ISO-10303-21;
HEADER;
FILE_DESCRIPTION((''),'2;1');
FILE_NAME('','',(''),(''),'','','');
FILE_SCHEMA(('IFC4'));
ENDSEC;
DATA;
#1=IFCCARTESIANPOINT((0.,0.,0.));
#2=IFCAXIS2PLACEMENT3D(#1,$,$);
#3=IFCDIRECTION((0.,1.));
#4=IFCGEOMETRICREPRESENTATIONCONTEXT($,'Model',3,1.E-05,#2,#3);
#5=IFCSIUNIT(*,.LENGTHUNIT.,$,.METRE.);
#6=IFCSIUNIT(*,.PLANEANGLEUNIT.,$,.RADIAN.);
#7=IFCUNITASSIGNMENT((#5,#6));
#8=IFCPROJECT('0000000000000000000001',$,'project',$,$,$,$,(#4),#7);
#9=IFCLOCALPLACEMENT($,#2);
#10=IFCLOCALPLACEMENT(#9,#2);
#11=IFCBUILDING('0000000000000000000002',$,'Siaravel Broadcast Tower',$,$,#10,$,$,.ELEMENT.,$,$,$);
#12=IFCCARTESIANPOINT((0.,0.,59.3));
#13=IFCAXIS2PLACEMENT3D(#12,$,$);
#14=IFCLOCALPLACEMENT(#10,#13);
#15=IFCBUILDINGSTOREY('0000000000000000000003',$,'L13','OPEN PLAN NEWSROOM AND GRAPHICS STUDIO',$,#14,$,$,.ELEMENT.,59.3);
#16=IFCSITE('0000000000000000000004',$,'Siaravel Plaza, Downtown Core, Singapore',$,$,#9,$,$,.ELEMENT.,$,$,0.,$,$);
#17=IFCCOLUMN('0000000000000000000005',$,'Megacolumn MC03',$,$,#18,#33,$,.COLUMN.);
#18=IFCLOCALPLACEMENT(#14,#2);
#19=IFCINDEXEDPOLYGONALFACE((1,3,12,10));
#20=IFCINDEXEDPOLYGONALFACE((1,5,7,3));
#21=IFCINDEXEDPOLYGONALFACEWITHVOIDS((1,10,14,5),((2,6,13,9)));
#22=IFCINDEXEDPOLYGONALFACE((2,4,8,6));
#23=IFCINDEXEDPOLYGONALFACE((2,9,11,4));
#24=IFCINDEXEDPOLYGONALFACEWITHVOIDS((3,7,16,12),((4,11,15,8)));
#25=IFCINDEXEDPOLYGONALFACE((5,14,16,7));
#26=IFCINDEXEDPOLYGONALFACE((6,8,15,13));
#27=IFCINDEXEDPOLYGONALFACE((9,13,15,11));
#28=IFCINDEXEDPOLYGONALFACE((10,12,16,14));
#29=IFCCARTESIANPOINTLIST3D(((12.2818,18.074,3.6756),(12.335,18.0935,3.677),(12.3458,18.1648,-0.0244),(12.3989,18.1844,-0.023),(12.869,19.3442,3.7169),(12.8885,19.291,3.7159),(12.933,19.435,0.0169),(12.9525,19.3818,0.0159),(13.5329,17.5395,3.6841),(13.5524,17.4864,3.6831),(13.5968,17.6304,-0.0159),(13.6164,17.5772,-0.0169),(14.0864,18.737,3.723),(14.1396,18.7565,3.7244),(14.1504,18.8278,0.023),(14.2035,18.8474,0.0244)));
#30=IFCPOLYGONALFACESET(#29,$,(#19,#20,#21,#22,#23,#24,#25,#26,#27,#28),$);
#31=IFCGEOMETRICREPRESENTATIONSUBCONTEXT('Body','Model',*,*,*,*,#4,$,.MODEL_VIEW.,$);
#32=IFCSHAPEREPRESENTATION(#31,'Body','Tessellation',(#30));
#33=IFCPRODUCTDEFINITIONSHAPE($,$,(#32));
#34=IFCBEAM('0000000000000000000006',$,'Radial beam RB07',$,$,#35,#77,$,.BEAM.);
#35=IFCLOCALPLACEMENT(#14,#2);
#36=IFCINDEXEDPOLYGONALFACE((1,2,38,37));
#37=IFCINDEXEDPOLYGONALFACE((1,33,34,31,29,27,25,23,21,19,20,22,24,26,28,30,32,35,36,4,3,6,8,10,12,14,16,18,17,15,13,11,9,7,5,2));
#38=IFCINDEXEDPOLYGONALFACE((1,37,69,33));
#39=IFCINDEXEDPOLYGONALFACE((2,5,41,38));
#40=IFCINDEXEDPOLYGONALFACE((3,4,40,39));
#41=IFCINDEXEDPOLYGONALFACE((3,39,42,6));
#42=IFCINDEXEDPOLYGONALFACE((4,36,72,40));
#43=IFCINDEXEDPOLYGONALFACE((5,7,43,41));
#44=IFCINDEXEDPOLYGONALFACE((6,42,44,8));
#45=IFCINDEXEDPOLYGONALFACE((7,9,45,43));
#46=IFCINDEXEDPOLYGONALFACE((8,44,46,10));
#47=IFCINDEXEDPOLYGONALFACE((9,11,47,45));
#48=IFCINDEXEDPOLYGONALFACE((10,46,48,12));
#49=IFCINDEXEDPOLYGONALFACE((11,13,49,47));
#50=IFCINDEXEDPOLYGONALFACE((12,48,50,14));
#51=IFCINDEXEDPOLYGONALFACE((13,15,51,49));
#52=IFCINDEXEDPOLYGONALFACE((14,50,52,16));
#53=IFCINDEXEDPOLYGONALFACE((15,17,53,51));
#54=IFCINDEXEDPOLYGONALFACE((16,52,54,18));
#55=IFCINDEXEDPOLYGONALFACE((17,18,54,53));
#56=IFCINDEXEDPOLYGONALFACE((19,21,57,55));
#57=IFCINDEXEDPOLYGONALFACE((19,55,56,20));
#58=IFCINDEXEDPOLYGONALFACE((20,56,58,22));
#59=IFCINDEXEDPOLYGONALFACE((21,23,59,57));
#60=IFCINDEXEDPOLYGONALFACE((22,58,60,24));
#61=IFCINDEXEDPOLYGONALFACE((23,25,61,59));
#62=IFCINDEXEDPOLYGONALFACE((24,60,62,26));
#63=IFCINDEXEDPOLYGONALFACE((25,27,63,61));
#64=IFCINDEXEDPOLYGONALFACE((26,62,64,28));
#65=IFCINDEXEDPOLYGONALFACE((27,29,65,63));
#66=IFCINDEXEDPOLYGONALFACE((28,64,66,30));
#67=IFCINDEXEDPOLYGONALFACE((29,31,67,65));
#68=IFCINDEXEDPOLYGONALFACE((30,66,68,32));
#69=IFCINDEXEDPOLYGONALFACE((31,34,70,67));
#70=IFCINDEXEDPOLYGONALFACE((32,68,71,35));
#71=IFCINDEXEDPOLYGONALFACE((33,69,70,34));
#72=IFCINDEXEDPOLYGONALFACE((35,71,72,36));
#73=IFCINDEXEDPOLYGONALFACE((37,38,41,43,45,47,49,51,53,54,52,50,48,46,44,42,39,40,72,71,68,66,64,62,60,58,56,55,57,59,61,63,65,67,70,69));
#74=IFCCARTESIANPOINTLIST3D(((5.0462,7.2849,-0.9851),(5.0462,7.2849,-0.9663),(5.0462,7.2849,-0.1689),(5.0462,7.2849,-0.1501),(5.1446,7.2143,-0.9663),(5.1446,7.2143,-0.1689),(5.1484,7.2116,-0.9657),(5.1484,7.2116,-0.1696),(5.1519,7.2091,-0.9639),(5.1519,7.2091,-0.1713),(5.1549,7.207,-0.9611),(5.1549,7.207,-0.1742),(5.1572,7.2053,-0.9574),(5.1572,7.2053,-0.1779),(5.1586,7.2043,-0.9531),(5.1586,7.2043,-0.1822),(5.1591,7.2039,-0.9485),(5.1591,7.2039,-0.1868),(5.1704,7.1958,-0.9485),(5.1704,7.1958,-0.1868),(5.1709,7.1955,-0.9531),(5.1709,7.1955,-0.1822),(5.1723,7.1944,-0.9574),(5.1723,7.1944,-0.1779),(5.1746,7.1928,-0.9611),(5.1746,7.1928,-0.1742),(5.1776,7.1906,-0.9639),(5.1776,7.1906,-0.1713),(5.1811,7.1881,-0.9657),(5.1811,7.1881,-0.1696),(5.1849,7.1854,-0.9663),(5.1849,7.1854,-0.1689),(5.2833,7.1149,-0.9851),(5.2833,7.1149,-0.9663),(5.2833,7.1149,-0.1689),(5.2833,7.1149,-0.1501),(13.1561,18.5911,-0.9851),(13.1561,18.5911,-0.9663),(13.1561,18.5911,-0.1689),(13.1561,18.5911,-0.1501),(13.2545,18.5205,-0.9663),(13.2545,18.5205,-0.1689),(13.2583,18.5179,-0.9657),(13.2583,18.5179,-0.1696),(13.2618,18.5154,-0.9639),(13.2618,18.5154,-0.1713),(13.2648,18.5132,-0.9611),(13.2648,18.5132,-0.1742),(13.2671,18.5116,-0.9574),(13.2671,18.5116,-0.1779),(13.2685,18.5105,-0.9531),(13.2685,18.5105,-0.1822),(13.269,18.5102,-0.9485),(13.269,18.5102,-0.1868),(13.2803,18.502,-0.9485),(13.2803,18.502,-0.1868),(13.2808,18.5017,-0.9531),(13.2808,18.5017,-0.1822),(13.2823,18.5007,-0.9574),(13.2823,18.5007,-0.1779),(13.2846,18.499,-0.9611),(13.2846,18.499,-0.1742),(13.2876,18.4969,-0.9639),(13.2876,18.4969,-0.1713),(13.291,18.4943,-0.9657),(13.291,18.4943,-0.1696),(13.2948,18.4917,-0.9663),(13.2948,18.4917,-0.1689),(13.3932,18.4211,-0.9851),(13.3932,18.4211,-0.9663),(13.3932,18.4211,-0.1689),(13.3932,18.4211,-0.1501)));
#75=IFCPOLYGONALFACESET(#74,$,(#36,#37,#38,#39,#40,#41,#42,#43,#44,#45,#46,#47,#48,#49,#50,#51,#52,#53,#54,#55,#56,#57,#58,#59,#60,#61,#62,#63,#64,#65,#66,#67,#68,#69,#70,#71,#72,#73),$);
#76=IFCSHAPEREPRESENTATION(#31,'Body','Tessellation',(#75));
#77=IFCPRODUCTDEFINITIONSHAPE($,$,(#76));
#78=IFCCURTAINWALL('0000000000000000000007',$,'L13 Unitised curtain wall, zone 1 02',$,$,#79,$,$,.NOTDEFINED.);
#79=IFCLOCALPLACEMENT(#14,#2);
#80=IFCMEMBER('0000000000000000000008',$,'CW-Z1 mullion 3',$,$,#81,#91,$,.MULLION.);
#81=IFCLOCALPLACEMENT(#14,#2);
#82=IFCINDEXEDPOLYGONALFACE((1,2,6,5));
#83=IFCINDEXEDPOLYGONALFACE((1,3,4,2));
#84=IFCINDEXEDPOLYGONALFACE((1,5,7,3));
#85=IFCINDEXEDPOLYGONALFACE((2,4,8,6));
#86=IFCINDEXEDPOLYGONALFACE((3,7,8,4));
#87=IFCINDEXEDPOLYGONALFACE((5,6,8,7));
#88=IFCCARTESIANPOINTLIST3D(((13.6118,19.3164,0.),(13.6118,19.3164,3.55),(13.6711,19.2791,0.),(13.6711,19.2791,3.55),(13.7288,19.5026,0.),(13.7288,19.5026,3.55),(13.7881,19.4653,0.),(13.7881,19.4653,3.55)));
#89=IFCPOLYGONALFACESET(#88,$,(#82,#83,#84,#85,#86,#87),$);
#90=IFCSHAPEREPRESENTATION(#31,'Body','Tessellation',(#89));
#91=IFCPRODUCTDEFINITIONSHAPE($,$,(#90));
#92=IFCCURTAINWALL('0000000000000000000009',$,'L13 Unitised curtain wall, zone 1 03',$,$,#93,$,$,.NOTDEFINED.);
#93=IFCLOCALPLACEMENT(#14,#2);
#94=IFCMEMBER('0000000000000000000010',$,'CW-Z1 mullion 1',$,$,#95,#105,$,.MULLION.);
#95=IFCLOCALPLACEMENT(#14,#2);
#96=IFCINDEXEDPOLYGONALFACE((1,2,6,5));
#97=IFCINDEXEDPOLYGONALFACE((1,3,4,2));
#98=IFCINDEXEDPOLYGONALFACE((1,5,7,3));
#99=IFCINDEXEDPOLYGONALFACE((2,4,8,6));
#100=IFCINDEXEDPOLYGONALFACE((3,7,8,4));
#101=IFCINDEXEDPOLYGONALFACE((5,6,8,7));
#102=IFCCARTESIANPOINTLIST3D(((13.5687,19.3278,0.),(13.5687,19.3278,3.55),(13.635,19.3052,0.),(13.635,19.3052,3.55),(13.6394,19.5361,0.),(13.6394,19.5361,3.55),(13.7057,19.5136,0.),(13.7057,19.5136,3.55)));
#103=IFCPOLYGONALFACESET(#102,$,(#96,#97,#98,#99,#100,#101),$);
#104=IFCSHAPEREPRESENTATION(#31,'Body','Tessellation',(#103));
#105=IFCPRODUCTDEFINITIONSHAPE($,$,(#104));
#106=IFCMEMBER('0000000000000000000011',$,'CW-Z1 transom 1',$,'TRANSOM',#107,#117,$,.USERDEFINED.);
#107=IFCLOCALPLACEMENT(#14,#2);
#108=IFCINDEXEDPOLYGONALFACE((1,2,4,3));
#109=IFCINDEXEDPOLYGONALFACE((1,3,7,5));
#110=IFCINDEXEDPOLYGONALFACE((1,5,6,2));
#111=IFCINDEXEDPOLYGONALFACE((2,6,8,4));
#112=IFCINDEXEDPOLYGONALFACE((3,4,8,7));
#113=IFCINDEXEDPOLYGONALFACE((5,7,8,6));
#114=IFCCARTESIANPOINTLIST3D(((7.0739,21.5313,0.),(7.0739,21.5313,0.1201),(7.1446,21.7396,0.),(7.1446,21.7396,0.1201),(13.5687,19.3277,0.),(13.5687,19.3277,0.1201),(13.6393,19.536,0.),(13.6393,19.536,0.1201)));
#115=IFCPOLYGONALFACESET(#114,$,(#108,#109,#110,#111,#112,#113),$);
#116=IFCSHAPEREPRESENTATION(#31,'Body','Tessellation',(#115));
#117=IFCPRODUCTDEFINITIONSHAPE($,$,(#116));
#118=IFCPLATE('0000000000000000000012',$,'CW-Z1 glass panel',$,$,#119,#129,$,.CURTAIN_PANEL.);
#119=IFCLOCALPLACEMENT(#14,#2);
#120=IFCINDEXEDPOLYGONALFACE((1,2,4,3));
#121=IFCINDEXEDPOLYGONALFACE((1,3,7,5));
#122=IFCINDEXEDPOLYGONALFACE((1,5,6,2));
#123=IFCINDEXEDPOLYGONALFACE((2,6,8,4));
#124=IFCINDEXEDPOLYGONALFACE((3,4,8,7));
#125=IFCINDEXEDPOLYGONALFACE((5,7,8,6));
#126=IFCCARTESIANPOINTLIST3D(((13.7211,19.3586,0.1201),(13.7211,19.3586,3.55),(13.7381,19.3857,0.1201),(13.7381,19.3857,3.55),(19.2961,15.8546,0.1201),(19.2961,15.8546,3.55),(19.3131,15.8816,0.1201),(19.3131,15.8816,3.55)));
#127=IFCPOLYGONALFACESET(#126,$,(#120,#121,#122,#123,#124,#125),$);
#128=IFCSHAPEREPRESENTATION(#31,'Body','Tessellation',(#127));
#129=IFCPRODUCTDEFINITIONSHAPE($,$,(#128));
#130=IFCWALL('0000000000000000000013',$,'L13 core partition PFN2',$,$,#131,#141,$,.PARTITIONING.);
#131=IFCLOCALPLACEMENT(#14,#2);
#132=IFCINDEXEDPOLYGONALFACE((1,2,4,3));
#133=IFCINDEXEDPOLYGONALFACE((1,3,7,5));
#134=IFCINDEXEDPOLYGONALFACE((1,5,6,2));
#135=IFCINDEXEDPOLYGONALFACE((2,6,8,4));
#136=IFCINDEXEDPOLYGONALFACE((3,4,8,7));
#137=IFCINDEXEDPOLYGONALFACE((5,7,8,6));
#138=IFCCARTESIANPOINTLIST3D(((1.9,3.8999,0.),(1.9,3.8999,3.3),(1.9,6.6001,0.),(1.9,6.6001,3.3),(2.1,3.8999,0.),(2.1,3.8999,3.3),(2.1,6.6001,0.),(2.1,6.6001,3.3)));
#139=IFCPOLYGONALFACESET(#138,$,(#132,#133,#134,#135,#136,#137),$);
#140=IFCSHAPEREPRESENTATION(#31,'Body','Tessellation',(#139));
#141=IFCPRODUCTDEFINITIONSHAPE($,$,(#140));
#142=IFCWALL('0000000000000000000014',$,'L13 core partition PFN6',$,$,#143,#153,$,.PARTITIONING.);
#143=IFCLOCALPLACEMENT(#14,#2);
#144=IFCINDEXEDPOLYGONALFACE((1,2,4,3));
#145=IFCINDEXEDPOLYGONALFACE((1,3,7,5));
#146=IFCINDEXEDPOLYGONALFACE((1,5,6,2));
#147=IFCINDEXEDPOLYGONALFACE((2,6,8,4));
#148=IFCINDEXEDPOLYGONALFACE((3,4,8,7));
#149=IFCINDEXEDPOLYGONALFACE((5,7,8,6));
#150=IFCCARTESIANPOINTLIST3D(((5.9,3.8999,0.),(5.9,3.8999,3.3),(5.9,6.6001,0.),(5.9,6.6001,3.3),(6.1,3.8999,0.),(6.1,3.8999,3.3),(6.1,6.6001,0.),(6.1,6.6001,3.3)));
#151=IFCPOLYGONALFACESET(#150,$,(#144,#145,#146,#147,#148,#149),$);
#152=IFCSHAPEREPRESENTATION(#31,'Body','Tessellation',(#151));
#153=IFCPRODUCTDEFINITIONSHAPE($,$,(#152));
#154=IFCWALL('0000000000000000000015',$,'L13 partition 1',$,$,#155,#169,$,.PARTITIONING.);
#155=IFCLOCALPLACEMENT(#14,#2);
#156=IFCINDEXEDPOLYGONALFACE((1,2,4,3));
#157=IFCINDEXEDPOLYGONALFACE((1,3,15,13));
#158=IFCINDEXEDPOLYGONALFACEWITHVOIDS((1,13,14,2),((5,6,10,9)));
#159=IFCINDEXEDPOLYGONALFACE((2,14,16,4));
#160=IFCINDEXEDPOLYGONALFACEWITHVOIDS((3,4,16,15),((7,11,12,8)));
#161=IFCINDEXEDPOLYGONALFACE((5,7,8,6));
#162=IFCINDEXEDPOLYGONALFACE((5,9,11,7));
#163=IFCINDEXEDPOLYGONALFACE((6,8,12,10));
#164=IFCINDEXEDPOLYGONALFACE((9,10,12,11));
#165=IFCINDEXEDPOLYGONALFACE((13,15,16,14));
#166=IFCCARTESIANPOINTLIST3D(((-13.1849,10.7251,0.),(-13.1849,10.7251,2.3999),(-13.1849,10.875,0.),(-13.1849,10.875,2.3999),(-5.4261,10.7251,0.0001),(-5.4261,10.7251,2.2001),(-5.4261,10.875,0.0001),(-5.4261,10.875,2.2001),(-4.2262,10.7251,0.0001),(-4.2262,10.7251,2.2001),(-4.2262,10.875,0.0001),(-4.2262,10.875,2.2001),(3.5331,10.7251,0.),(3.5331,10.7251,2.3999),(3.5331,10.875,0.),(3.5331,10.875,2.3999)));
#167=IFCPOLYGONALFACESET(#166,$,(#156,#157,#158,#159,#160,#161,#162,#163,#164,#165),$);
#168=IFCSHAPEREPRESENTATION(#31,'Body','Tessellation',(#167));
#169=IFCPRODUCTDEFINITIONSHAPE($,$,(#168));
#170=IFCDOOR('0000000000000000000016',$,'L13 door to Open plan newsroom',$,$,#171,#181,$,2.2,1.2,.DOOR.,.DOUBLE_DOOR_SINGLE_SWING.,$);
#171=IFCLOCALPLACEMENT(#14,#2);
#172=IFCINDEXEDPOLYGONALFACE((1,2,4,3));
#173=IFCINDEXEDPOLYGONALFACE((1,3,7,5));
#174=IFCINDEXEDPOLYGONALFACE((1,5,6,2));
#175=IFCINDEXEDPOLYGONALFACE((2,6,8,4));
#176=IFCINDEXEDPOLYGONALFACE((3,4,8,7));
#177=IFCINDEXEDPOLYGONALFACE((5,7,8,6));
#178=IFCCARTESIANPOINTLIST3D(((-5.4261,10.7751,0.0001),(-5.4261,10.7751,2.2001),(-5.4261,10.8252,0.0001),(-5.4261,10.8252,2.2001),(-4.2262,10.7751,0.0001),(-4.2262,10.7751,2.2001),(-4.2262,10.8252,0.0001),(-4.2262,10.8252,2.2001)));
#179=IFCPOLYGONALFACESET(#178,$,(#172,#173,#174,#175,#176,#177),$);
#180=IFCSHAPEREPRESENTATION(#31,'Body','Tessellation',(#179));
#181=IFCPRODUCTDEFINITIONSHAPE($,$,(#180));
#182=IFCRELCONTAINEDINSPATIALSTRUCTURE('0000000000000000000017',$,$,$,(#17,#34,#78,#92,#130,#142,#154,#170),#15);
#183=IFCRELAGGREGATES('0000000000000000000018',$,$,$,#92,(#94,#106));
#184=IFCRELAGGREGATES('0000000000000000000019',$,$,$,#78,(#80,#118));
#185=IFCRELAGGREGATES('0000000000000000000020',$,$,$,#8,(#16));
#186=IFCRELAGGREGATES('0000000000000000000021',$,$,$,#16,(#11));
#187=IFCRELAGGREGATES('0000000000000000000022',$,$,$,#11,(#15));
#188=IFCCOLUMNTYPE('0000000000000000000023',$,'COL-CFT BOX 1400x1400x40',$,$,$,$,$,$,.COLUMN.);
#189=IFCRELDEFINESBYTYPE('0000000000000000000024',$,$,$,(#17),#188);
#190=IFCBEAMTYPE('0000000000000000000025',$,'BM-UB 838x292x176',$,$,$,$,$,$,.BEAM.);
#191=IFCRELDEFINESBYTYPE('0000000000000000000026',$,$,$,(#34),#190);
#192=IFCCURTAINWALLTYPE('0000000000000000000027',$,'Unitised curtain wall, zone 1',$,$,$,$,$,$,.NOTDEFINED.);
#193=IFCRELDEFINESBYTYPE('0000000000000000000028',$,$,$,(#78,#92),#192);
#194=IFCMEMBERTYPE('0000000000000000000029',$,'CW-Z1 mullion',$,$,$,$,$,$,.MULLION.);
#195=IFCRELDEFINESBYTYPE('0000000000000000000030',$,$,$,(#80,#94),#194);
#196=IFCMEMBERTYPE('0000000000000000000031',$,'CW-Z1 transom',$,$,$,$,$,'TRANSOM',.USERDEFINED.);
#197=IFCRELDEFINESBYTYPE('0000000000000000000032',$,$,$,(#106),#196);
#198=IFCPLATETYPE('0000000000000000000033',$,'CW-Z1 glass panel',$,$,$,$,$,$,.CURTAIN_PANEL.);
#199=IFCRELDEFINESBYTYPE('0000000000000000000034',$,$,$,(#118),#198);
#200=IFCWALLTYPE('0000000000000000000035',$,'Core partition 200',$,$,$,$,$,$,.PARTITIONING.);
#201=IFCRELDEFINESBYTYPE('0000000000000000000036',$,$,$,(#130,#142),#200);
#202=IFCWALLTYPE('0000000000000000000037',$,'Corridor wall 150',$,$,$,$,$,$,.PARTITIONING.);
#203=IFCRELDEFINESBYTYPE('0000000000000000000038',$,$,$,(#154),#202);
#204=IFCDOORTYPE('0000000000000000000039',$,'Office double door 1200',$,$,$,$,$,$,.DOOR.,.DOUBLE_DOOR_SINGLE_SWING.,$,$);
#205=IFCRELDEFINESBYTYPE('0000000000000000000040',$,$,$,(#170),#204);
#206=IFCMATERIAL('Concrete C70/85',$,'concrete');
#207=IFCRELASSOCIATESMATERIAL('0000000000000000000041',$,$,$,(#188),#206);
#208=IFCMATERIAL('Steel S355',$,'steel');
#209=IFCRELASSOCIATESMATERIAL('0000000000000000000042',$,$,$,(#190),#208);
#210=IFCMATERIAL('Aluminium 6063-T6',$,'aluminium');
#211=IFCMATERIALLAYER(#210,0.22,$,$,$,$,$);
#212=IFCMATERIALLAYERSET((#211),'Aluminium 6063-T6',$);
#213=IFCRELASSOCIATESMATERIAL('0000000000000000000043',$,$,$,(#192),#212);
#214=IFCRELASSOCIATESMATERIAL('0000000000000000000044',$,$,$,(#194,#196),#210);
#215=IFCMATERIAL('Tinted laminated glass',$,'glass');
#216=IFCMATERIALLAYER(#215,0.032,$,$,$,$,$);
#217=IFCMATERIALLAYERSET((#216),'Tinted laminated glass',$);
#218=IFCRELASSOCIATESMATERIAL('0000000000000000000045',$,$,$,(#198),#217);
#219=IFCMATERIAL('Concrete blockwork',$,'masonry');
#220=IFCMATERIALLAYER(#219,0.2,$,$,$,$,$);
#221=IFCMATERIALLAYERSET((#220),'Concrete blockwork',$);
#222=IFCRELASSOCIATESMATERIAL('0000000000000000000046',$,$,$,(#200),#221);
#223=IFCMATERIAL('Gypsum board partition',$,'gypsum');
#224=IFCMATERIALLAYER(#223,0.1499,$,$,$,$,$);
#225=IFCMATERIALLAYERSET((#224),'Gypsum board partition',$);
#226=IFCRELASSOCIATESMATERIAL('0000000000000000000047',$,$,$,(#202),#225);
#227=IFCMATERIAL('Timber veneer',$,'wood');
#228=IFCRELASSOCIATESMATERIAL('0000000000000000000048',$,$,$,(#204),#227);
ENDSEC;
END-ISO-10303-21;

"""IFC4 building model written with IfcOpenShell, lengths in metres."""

from ifc_helpers import new_model, si_unit, direction, frame, frame_2d, origin, origin_2d, place, context, subcontext, project, spatial, rectangle, hollow_rectangle, i_section, extrude, material, layer, layer_set, material_profile, profile_set, type_object, element, fill, aggregate, save


model = new_model("IFC4")

# Units and contexts
model_context = context("Model", 3, precision=1e-05, world=origin(), true_north=direction((0.0, 1.0)))
body_context = subcontext(model_context, "Body", "Model", "MODEL_VIEW")
ifc_project = project(units=[si_unit("LENGTHUNIT", "METRE"), si_unit("PLANEANGLEUNIT", "RADIAN")], contexts=[model_context])

# Site, building, storey
site_placement = place(None, origin())
site = spatial("IfcSite", under=ifc_project, at=site_placement, Name="Siaravel Plaza, Downtown Core, Singapore", CompositionType="ELEMENT", RefElevation=0.0)
building_placement = place(site_placement, origin())
building = spatial("IfcBuilding", under=site, at=building_placement, Name="Siaravel Broadcast Tower", CompositionType="ELEMENT")
storey_placement = place(building_placement, frame((0.0, 0.0, 59.3)))
storey = spatial("IfcBuildingStorey", under=building, at=storey_placement, Name="L13", Description="OPEN PLAN NEWSROOM AND GRAPHICS STUDIO", CompositionType="ELEMENT", Elevation=59.3)

# Column
ifc_material_1 = material(Name="Concrete C70/85", Category="concrete")
ifc_material_profile_1 = material_profile(ifc_material_1, hollow_rectangle(XDim=1.3999, YDim=1.3999, WallThickness=0.04, at=origin_2d()))
ifc_profile_set_1 = profile_set([ifc_material_profile_1], Name="Concrete C70/85")
column_type = type_object("IfcColumnType", Name="COL-CFT BOX 1400x1400x40", PredefinedType="COLUMN", material=ifc_profile_set_1)
column_placement = place(storey_placement, frame((13.2747, 18.5061, 0.0), z_axis=(-0.01728, -0.024535, 0.99955), x_axis=(0.907621, -0.419757, 0.005387)))
element("IfcColumn", 1, at=column_placement, inside=storey, type_object=column_type, Name="Megacolumn MC03", PredefinedType="COLUMN", context=body_context, shape_type="SweptSolid", body=[
    extrude(hollow_rectangle(XDim=1.3999, YDim=1.3999, WallThickness=0.04, at=origin_2d()), origin(), (0.0, 0.0, 1.0), 3.7017),
])

# Beam
ifc_material_2 = material(Name="Steel S355", Category="steel")
ifc_material_profile_2 = material_profile(ifc_material_2, i_section(OverallWidth=0.2917, OverallDepth=0.835, WebThickness=0.0139, FlangeThickness=0.0188, FilletRadius=0.0178, at=origin_2d()))
ifc_profile_set_2 = profile_set([ifc_material_profile_2], Name="Steel S355")
beam_type = type_object("IfcBeamType", Name="BM-UB 838x292x176", PredefinedType="BEAM", material=ifc_profile_set_2)
beam_placement = place(storey_placement, frame((13.2747, 18.5061, -0.5676), z_axis=(-0.582857, -0.812575, 0.0), x_axis=(0.812575, -0.582857, 0.0)))
element("IfcBeam", 2, at=beam_placement, inside=storey, type_object=beam_type, Name="Radial beam RB07", PredefinedType="BEAM", context=body_context, shape_type="SweptSolid", body=[
    extrude(i_section(OverallWidth=0.2917, OverallDepth=0.835, WebThickness=0.0139, FlangeThickness=0.0188, FilletRadius=0.0178, at=origin_2d()), origin(), (0.0, 0.0, 1.0), 13.9141),
])

# Curtain wall, member
ifc_material_3 = material(Name="Aluminium 6063-T6", Category="aluminium")
ifc_layer_1 = layer(ifc_material_3, 0.22)
ifc_layer_set_1 = layer_set([ifc_layer_1], Name="Aluminium 6063-T6")
curtain_wall_type = type_object("IfcCurtainWallType", Name="Unitised curtain wall, zone 1", PredefinedType="NOTDEFINED", material=ifc_layer_set_1)
curtain_wall_1_placement = place(storey_placement, origin())
curtain_wall_1 = element("IfcCurtainWall", 3, at=curtain_wall_1_placement, inside=storey, type_object=curtain_wall_type, Name="L13 Unitised curtain wall, zone 1 02", PredefinedType="NOTDEFINED")
ifc_material_profile_3 = material_profile(ifc_material_3, rectangle(XDim=0.22, YDim=0.0701, at=origin_2d()))
ifc_profile_set_3 = profile_set([ifc_material_profile_3], Name="Aluminium 6063-T6")
member_type_1 = type_object("IfcMemberType", Name="CW-Z1 mullion", PredefinedType="MULLION", material=ifc_profile_set_3)
member_1_placement = place(storey_placement, frame((13.7, 19.3909, 0.0), z_axis=(0.0, 0.0, 1.0), x_axis=(-0.532148, -0.846651, 0.0)))
member_1 = element("IfcMember", 4, at=member_1_placement, type_object=member_type_1, Name="CW-Z1 mullion 3", PredefinedType="MULLION", context=body_context, shape_type="SweptSolid", body=[
    extrude(rectangle(XDim=0.22, YDim=0.0701, at=origin_2d()), origin(), (0.0, 0.0, 1.0), 3.55),
])

# Curtain wall, members
curtain_wall_2_placement = place(storey_placement, origin())
curtain_wall_2 = element("IfcCurtainWall", 5, at=curtain_wall_2_placement, inside=storey, type_object=curtain_wall_type, Name="L13 Unitised curtain wall, zone 1 03", PredefinedType="NOTDEFINED")
member_2_placement = place(storey_placement, frame((13.6372, 19.4207, 0.0), z_axis=(0.0, 0.0, 1.0), x_axis=(-0.3213, -0.946978, 0.0)))
member_2 = element("IfcMember", 6, at=member_2_placement, type_object=member_type_1, Name="CW-Z1 mullion 1", PredefinedType="MULLION", context=body_context, shape_type="SweptSolid", body=[
    extrude(rectangle(XDim=0.22, YDim=0.0701, at=origin_2d()), origin(), (0.0, 0.0, 1.0), 3.55),
])
ifc_material_profile_4 = material_profile(ifc_material_3, rectangle(XDim=0.22, YDim=0.1201, at=origin_2d()))
ifc_profile_set_4 = profile_set([ifc_material_profile_4], Name="Aluminium 6063-T6")
member_type_2 = type_object("IfcMemberType", Name="CW-Z1 transom", ElementType="TRANSOM", PredefinedType="USERDEFINED", material=ifc_profile_set_4)
member_3_placement = place(storey_placement, frame((13.604, 19.4319, 0.0601), z_axis=(-0.946979, 0.321296, 0.0), x_axis=(-0.321296, -0.946979, 0.0)))
member_3 = element("IfcMember", 7, at=member_3_placement, type_object=member_type_2, Name="CW-Z1 transom 1", ObjectType="TRANSOM", PredefinedType="USERDEFINED", context=body_context, shape_type="SweptSolid", body=[
    extrude(rectangle(XDim=0.22, YDim=0.1201, at=origin_2d()), origin(), (0.0, 0.0, 1.0), 6.8584),
])
aggregate(curtain_wall_2, [member_2, member_3])

# Plate
ifc_material_4 = material(Name="Tinted laminated glass", Category="glass")
ifc_layer_2 = layer(ifc_material_4, 0.032)
ifc_layer_set_2 = layer_set([ifc_layer_2], Name="Tinted laminated glass")
plate_type = type_object("IfcPlateType", Name="CW-Z1 glass panel", PredefinedType="CURTAIN_PANEL", material=ifc_layer_set_2)
plate_placement = place(storey_placement, frame((16.5171, 17.6201, 0.1201), z_axis=(0.0, 0.0, 1.0), x_axis=(-0.846651, 0.532148, 0.0)))
plate = element("IfcPlate", 8, at=plate_placement, type_object=plate_type, Name="CW-Z1 glass panel", PredefinedType="CURTAIN_PANEL", context=body_context, shape_type="SweptSolid", body=[
    extrude(rectangle(XDim=6.5847, YDim=0.032, at=origin_2d()), origin(), (0.0, 0.0, 1.0), 3.4299),
])
aggregate(curtain_wall_1, [member_1, plate])

# Walls
ifc_material_5 = material(Name="Concrete blockwork", Category="masonry")
ifc_layer_3 = layer(ifc_material_5, 0.2)
ifc_layer_set_3 = layer_set([ifc_layer_3], Name="Concrete blockwork")
wall_type_1 = type_object("IfcWallType", Name="Core partition 200", PredefinedType="PARTITIONING", material=ifc_layer_set_3)
for number, where, z_axis, x_axis, name in (
    (9, (2.0, 3.8999, 0.0), (0.0, 0.0, 1.0), (0.0, 1.0, 0.0), "L13 core partition PFN2"),
    (10, (6.0, 3.8999, 0.0), (0.0, 0.0, 1.0), (0.0, 1.0, 0.0), "L13 core partition PFN6"),
):
    element("IfcWall", number, at=place(storey_placement, frame(where, z_axis=z_axis, x_axis=x_axis)), inside=storey, type_object=wall_type_1, Name=name, PredefinedType="PARTITIONING", context=body_context, shape_type="SweptSolid", body=[
        extrude(rectangle(XDim=2.7002, YDim=0.2, at=frame_2d((1.3501, 0.0))), origin(), (0.0, 0.0, 1.0), 3.3),
    ])

# Wall, opening, door
ifc_material_6 = material(Name="Gypsum board partition", Category="gypsum")
ifc_layer_4 = layer(ifc_material_6, 0.1499)
ifc_layer_set_4 = layer_set([ifc_layer_4], Name="Gypsum board partition")
wall_type_2 = type_object("IfcWallType", Name="Corridor wall 150", PredefinedType="PARTITIONING", material=ifc_layer_set_4)
wall_1_placement = place(storey_placement, frame((3.533, 10.8, 0.0), z_axis=(0.0, 0.0, 1.0), x_axis=(-1.0, 0.0, 0.0)))
wall_1 = element("IfcWall", 11, at=wall_1_placement, inside=storey, type_object=wall_type_2, Name="L13 partition 1", PredefinedType="PARTITIONING", context=body_context, shape_type="SweptSolid", body=[
    extrude(rectangle(XDim=16.718, YDim=0.1499, at=frame_2d((8.3589, 0.0))), origin(), (0.0, 0.0, 1.0), 2.3999),
])
opening_1_placement = place(wall_1_placement, frame((7.759, 0.0, 0.0)))
opening_1 = element("IfcOpeningElement", 12, at=opening_1_placement, cuts=wall_1, PredefinedType="OPENING", context=body_context, shape_type="SweptSolid", body=[
    extrude(rectangle(XDim=1.2, YDim=2.2, at=frame_2d((0.6001, 1.1001))), frame((0.0, 0.085, 0.0), z_axis=(0.0, -1.0, 0.0), x_axis=(1.0, 0.0, 0.0)), (0.0, 0.0, 1.0), 0.1699),
])
ifc_material_7 = material(Name="Timber veneer", Category="wood")
door_type_1 = type_object("IfcDoorType", Name="Office double door 1200", OperationType="DOUBLE_DOOR_SINGLE_SWING", PredefinedType="DOOR", material=ifc_material_7)
door_1_placement = place(opening_1_placement, origin())
door_1 = element("IfcDoor", 13, at=door_1_placement, inside=storey, type_object=door_type_1, Name="L13 door to Open plan newsroom", OperationType="DOUBLE_DOOR_SINGLE_SWING", OverallHeight=2.2, OverallWidth=1.2, PredefinedType="DOOR", context=body_context, shape_type="SweptSolid", body=[
    extrude(rectangle(XDim=1.2, YDim=2.2, at=frame_2d((0.6001, 1.1001))), frame((0.0, 0.0249, 0.0), z_axis=(0.0, -1.0, 0.0), x_axis=(1.0, 0.0, 0.0)), (0.0, 0.0, 1.0), 0.05),
])
fill(opening_1, door_1)

save(model, "model.ifc")
